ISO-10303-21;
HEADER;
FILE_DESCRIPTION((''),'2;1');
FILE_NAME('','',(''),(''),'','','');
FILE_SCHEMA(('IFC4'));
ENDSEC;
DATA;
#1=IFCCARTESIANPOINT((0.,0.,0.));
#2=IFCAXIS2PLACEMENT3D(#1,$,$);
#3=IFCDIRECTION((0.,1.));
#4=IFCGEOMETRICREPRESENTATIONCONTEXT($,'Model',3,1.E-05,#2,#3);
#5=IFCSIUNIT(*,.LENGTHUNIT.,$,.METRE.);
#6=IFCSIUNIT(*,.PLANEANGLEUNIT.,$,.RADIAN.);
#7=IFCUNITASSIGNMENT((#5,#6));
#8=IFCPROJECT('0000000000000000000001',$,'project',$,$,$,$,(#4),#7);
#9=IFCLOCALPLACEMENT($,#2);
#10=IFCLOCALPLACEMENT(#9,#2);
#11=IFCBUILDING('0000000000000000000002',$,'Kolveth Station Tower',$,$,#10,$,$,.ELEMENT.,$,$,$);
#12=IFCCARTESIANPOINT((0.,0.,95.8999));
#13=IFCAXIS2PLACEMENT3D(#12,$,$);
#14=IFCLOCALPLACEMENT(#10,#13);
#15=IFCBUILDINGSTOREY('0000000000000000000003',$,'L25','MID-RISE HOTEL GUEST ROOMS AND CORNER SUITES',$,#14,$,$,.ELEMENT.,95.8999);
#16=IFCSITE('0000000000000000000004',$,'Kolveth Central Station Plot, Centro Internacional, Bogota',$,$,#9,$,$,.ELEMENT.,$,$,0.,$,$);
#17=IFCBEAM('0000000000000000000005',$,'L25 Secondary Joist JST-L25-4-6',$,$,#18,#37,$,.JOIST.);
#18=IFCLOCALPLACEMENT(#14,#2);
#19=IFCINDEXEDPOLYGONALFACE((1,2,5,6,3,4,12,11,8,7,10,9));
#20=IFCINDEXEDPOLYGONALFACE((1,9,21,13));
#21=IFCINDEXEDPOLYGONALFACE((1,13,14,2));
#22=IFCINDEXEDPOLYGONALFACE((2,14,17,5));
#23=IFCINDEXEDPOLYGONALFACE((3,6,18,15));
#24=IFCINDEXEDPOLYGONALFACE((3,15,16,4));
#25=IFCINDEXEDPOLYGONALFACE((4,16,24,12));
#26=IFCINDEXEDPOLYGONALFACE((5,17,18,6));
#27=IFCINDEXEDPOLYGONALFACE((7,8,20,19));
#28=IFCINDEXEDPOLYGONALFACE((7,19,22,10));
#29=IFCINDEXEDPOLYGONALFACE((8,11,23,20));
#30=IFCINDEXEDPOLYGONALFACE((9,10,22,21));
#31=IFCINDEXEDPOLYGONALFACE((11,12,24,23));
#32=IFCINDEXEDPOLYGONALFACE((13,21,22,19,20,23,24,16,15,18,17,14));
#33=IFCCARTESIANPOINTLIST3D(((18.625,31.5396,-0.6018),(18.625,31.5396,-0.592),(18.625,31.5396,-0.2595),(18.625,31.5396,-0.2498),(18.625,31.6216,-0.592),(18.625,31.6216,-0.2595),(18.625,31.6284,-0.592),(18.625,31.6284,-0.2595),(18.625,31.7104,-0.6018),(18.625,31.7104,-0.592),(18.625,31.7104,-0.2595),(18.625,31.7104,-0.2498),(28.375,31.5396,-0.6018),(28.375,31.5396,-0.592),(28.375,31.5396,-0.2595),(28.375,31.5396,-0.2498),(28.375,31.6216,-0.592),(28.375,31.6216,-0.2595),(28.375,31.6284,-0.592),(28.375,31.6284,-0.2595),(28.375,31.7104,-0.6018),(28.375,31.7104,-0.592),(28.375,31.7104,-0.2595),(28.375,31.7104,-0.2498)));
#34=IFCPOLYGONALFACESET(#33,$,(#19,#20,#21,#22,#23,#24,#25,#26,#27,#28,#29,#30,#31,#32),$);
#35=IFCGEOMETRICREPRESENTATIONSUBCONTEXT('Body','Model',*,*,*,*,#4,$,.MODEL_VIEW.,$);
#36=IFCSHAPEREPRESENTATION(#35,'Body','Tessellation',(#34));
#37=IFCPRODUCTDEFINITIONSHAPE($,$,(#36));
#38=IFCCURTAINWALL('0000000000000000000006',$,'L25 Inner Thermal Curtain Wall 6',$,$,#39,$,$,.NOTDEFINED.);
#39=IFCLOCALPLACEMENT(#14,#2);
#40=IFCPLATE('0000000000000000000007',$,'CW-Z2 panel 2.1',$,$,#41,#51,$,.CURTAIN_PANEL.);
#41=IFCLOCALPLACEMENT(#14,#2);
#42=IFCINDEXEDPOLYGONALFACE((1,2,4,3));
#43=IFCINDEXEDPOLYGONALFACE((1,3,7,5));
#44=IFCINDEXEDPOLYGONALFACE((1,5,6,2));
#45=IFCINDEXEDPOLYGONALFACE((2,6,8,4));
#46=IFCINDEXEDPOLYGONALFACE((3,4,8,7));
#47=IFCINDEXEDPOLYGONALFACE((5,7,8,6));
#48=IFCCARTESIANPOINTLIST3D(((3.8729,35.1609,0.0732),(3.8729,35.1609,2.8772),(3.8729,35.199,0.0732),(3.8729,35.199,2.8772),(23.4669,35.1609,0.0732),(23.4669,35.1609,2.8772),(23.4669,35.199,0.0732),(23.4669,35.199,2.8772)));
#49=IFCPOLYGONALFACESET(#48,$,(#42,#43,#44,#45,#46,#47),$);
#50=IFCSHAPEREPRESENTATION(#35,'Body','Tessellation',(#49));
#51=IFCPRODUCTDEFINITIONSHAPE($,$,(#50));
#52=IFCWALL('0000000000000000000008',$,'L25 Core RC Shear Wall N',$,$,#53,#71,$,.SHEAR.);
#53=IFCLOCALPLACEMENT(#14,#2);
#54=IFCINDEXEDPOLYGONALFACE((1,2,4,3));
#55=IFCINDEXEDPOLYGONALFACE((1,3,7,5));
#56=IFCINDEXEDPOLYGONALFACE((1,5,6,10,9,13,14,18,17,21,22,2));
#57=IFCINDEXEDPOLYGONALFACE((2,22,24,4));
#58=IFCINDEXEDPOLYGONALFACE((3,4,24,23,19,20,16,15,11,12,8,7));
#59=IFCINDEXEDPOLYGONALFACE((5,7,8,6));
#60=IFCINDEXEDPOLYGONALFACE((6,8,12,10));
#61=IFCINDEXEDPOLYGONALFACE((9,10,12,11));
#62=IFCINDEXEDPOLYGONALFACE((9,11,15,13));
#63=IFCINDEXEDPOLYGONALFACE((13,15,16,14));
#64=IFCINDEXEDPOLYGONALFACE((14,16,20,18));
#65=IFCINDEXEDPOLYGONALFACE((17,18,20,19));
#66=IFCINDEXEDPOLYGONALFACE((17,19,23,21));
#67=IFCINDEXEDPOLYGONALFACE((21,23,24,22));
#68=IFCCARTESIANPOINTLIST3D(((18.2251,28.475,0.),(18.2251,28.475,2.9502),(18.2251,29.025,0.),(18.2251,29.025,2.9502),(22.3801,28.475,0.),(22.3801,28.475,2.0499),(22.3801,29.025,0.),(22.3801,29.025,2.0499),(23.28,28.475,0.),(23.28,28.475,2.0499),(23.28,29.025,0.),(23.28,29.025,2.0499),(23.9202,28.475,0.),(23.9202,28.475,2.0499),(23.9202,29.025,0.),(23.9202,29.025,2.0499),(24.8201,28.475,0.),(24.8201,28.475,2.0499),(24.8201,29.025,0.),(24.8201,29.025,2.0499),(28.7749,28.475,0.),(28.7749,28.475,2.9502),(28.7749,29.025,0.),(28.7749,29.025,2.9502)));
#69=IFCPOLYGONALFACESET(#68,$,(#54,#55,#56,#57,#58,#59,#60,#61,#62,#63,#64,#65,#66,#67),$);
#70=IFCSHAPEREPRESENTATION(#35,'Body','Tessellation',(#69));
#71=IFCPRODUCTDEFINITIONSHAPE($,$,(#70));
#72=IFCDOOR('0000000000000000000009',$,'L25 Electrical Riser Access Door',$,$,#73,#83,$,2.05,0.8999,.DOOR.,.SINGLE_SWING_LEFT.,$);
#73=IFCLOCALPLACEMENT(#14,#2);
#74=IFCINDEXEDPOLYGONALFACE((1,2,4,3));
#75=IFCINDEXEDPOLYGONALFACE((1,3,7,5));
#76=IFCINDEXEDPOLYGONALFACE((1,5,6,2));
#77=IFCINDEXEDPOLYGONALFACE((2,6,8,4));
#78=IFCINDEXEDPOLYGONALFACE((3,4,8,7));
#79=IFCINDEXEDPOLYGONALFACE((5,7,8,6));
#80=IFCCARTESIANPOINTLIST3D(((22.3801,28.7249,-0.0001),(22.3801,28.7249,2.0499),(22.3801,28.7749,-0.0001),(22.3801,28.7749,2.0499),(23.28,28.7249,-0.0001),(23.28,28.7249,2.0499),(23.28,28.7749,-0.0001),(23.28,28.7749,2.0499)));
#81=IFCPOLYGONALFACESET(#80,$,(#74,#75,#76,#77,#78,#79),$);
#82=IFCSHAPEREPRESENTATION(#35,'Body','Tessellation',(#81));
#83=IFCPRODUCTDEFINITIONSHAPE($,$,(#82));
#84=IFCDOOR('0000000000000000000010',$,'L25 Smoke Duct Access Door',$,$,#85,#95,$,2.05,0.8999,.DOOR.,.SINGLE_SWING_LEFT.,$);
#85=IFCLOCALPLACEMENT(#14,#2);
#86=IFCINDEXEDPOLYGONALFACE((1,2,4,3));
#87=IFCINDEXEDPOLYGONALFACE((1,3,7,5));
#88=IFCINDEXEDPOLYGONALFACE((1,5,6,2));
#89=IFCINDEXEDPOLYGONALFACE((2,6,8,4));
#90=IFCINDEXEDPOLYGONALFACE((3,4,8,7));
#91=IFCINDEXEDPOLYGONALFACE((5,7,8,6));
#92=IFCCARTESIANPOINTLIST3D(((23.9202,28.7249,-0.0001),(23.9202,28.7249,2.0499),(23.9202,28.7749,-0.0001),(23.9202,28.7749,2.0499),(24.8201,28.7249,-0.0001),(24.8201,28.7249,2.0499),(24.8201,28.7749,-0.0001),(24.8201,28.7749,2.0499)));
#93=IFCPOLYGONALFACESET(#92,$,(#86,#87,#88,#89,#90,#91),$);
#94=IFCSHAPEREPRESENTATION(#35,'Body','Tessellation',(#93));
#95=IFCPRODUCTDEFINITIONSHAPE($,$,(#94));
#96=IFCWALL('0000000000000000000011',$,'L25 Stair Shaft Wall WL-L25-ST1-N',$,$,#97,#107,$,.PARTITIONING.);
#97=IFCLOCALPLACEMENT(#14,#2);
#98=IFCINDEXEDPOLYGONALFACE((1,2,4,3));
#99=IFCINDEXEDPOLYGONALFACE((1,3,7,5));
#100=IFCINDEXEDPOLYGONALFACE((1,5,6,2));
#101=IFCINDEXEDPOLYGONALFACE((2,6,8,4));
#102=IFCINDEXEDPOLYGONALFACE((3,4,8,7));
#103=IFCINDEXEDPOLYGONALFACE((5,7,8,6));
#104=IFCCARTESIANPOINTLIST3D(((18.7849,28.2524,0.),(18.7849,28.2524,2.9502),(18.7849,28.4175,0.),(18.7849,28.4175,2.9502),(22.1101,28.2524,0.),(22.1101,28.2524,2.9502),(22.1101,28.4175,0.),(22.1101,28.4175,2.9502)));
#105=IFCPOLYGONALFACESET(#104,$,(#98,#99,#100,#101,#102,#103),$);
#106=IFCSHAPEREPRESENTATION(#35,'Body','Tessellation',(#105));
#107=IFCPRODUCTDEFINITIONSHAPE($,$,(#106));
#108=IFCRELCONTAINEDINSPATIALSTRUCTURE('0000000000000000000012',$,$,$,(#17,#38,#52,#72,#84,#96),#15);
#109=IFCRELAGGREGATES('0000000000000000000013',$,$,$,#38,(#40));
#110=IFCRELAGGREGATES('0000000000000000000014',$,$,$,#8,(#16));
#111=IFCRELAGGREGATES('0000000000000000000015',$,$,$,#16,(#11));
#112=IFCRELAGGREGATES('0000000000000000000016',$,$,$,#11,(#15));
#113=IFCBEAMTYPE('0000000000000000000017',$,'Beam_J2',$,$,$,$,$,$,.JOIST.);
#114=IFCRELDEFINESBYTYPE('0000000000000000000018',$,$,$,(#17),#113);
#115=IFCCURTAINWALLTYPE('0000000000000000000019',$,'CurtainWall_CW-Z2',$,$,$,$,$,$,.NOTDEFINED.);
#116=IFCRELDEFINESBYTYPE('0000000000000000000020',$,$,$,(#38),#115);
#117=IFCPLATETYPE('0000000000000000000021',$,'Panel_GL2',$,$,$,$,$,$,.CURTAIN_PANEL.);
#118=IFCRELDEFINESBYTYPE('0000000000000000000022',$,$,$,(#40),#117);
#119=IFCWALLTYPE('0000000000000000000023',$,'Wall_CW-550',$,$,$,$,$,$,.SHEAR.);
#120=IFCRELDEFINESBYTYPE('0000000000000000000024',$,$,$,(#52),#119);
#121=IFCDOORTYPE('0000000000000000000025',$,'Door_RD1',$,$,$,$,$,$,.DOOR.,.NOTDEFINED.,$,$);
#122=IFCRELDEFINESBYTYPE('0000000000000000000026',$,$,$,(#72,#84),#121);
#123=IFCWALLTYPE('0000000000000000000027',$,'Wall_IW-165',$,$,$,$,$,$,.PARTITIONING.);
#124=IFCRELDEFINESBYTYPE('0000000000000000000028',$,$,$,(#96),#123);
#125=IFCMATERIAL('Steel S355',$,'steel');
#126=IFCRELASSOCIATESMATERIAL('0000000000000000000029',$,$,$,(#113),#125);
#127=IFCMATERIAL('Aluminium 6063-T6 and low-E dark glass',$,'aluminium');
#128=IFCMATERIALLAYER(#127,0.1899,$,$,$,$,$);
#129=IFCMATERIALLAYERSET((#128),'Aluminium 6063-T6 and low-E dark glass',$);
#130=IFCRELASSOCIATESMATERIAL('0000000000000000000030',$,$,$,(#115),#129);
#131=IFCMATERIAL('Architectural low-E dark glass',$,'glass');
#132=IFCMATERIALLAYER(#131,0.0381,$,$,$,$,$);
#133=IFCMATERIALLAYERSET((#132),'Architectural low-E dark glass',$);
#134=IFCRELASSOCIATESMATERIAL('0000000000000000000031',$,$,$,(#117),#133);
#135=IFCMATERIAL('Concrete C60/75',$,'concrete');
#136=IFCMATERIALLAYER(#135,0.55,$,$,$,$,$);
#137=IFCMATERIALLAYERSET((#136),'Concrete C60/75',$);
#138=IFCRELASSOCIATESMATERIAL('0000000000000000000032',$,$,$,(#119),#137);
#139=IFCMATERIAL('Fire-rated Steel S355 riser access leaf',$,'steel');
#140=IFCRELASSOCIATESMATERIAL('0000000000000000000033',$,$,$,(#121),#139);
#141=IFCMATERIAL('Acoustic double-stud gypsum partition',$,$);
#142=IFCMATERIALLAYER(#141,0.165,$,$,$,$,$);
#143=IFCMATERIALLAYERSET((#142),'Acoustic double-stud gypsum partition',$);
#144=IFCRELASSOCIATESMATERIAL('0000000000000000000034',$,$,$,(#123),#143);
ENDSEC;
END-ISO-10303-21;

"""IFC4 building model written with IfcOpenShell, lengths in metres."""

from ifc_helpers import new_model, si_unit, direction, frame, frame_2d, origin, origin_2d, place, context, subcontext, project, spatial, rectangle, i_section, extrude, source, transform, mapped, material, layer, layer_set, material_profile, profile_set, type_object, element, fill, aggregate, save


model = new_model("IFC4")

# Units and contexts
model_context = context("Model", 3, precision=1e-05, world=origin(), true_north=direction((0.0, 1.0)))
body_context = subcontext(model_context, "Body", "Model", "MODEL_VIEW")
ifc_project = project(units=[si_unit("LENGTHUNIT", "METRE"), si_unit("PLANEANGLEUNIT", "RADIAN")], contexts=[model_context])

# Site, building, storey
site_placement = place(None, origin())
site = spatial("IfcSite", under=ifc_project, at=site_placement, Name="Kolveth Central Station Plot, Centro Internacional, Bogota", CompositionType="ELEMENT", RefElevation=0.0)
building_placement = place(site_placement, origin())
building = spatial("IfcBuilding", under=site, at=building_placement, Name="Kolveth Station Tower", CompositionType="ELEMENT")
storey_placement = place(building_placement, frame((0.0, 0.0, 95.8999)))
storey = spatial("IfcBuildingStorey", under=building, at=storey_placement, Name="L25", Description="MID-RISE HOTEL GUEST ROOMS AND CORNER SUITES", CompositionType="ELEMENT", Elevation=95.8999)

# Shared definitions
ifc_material_1 = material(Name="Steel S355", Category="steel")

# Beam
ifc_material_profile_1 = material_profile(ifc_material_1, i_section(OverallWidth=0.1709, OverallDepth=0.3521, WebThickness=0.0068, FlangeThickness=0.0098, at=origin_2d()), Name="W360x44")
ifc_profile_set_1 = profile_set([ifc_material_profile_1], Name="Steel S355")
beam_type_1 = type_object("IfcBeamType", Name="Beam_J2", PredefinedType="JOIST", material=ifc_profile_set_1)
shared_shape_1 = source(origin(), body_context, "Body", "SweptSolid", [
    extrude(i_section(OverallWidth=0.1709, OverallDepth=0.3521, WebThickness=0.0068, FlangeThickness=0.0098, at=origin_2d()), origin(), (0.0, 0.0, 1.0), 9.75),
])
beam_1_placement = place(storey_placement, frame((18.625, 31.625, -0.4258), z_axis=(1.0, 0.0, 0.0), x_axis=(0.0, 1.0, 0.0)))
element("IfcBeam", 1, at=beam_1_placement, inside=storey, type_object=beam_type_1, Name="L25 Secondary Joist JST-L25-4-6", PredefinedType="JOIST", context=body_context, shape_type="MappedRepresentation", body=[
    mapped(shared_shape_1, transform((0.0, 0.0, 0.0), x_axis=(1.0, 0.0, 0.0), y_axis=(0.0, 1.0, 0.0), z_axis=(0.0, 0.0, 1.0), scale=1.0)),
])

# Curtain wall, plate
ifc_material_2 = material(Name="Aluminium 6063-T6 and low-E dark glass", Category="aluminium")
ifc_layer_1 = layer(ifc_material_2, 0.1899)
ifc_layer_set_1 = layer_set([ifc_layer_1], Name="Aluminium 6063-T6 and low-E dark glass")
curtain_wall_type = type_object("IfcCurtainWallType", Name="CurtainWall_CW-Z2", PredefinedType="NOTDEFINED", material=ifc_layer_set_1)
curtain_wall_placement = place(storey_placement, origin())
curtain_wall = element("IfcCurtainWall", 2, at=curtain_wall_placement, inside=storey, type_object=curtain_wall_type, Name="L25 Inner Thermal Curtain Wall 6", PredefinedType="NOTDEFINED")
ifc_material_3 = material(Name="Architectural low-E dark glass", Category="glass")
ifc_layer_2 = layer(ifc_material_3, 0.0381)
ifc_layer_set_2 = layer_set([ifc_layer_2], Name="Architectural low-E dark glass")
plate_type = type_object("IfcPlateType", Name="Panel_GL2", PredefinedType="CURTAIN_PANEL", material=ifc_layer_set_2)
shared_shape_2 = source(origin(), body_context, "Body", "SweptSolid", [
    extrude(rectangle(XDim=19.594, YDim=0.0381, at=origin_2d()), origin(), (0.0, 0.0, 1.0), 2.804),
])
plate_placement = place(storey_placement, frame((13.6699, 35.1799, 0.0732), z_axis=(0.0, 0.0, 1.0), x_axis=(-1.0, 0.0, 0.0)))
plate = element("IfcPlate", 3, at=plate_placement, type_object=plate_type, Name="CW-Z2 panel 2.1", PredefinedType="CURTAIN_PANEL", context=body_context, shape_type="MappedRepresentation", body=[
    mapped(shared_shape_2, transform((0.0, 0.0, 0.0), x_axis=(1.0, 0.0, 0.0), y_axis=(0.0, 1.0, 0.0), z_axis=(0.0, 0.0, 1.0), scale=1.0)),
])
aggregate(curtain_wall, [plate])

# Wall, openings, doors
ifc_material_4 = material(Name="Concrete C60/75", Category="concrete")
ifc_layer_3 = layer(ifc_material_4, 0.55)
ifc_layer_set_3 = layer_set([ifc_layer_3], Name="Concrete C60/75")
wall_type_1 = type_object("IfcWallType", Name="Wall_CW-550", PredefinedType="SHEAR", material=ifc_layer_set_3)
wall_1_placement = place(storey_placement, frame((18.2251, 28.75, 0.0), z_axis=(0.0, 0.0, 1.0), x_axis=(1.0, 0.0, 0.0)))
wall_1 = element("IfcWall", 4, at=wall_1_placement, inside=storey, type_object=wall_type_1, Name="L25 Core RC Shear Wall N", PredefinedType="SHEAR", context=body_context, shape_type="SweptSolid", body=[
    extrude(rectangle(XDim=10.5498, YDim=0.55, at=frame_2d((5.2749, 0.0))), origin(), (0.0, 0.0, 1.0), 2.9502),
])
opening_1_placement = place(wall_1_placement, frame((4.155, 0.0, 0.0)))
opening_1 = element("IfcOpeningElement", 5, at=opening_1_placement, cuts=wall_1, PredefinedType="OPENING", context=body_context, shape_type="SweptSolid", body=[
    extrude(rectangle(XDim=0.8999, YDim=2.05, at=frame_2d((0.45, 1.0249))), frame((0.0, 0.2849, 0.0), z_axis=(0.0, -1.0, 0.0), x_axis=(1.0, 0.0, 0.0)), (0.0, 0.0, 1.0), 0.5701),
])
opening_2_placement = place(wall_1_placement, frame((5.6951, 0.0, 0.0)))
opening_2 = element("IfcOpeningElement", 6, at=opening_2_placement, cuts=wall_1, PredefinedType="OPENING", context=body_context, shape_type="SweptSolid", body=[
    extrude(rectangle(XDim=0.8999, YDim=2.05, at=frame_2d((0.45, 1.0249))), frame((0.0, 0.2849, 0.0), z_axis=(0.0, -1.0, 0.0), x_axis=(1.0, 0.0, 0.0)), (0.0, 0.0, 1.0), 0.5701),
])
ifc_material_5 = material(Name="Fire-rated Steel S355 riser access leaf", Category="steel")
door_type_1 = type_object("IfcDoorType", Name="Door_RD1", OperationType="NOTDEFINED", PredefinedType="DOOR", material=ifc_material_5)
door_1_placement = place(opening_1_placement, origin())
door_1 = element("IfcDoor", 7, at=door_1_placement, inside=storey, type_object=door_type_1, Name="L25 Electrical Riser Access Door", OperationType="SINGLE_SWING_LEFT", OverallHeight=2.05, OverallWidth=0.8999, PredefinedType="DOOR", context=body_context, shape_type="SweptSolid", body=[
    extrude(rectangle(XDim=0.8999, YDim=2.05, at=frame_2d((0.45, 1.0249))), frame((0.0, 0.0249, 0.0), z_axis=(0.0, -1.0, 0.0), x_axis=(1.0, 0.0, 0.0)), (0.0, 0.0, 1.0), 0.05),
])
fill(opening_1, door_1)
door_2_placement = place(opening_2_placement, origin())
door_2 = element("IfcDoor", 8, at=door_2_placement, inside=storey, type_object=door_type_1, Name="L25 Smoke Duct Access Door", OperationType="SINGLE_SWING_LEFT", OverallHeight=2.05, OverallWidth=0.8999, PredefinedType="DOOR", context=body_context, shape_type="SweptSolid", body=[
    extrude(rectangle(XDim=0.8999, YDim=2.05, at=frame_2d((0.45, 1.0249))), frame((0.0, 0.0249, 0.0), z_axis=(0.0, -1.0, 0.0), x_axis=(1.0, 0.0, 0.0)), (0.0, 0.0, 1.0), 0.05),
])
fill(opening_2, door_2)

# Wall
ifc_material_6 = material(Name="Acoustic double-stud gypsum partition")
ifc_layer_4 = layer(ifc_material_6, 0.165)
ifc_layer_set_4 = layer_set([ifc_layer_4], Name="Acoustic double-stud gypsum partition")
wall_type_2 = type_object("IfcWallType", Name="Wall_IW-165", PredefinedType="PARTITIONING", material=ifc_layer_set_4)
wall_2_placement = place(storey_placement, frame((18.7849, 28.335, 0.0), z_axis=(0.0, 0.0, 1.0), x_axis=(1.0, 0.0, 0.0)))
element("IfcWall", 9, at=wall_2_placement, inside=storey, type_object=wall_type_2, Name="L25 Stair Shaft Wall WL-L25-ST1-N", PredefinedType="PARTITIONING", context=body_context, shape_type="SweptSolid", body=[
    extrude(rectangle(XDim=3.3252, YDim=0.165, at=frame_2d((1.6626, 0.0))), origin(), (0.0, 0.0, 1.0), 2.9502),
])

save(model, "model.ifc")
